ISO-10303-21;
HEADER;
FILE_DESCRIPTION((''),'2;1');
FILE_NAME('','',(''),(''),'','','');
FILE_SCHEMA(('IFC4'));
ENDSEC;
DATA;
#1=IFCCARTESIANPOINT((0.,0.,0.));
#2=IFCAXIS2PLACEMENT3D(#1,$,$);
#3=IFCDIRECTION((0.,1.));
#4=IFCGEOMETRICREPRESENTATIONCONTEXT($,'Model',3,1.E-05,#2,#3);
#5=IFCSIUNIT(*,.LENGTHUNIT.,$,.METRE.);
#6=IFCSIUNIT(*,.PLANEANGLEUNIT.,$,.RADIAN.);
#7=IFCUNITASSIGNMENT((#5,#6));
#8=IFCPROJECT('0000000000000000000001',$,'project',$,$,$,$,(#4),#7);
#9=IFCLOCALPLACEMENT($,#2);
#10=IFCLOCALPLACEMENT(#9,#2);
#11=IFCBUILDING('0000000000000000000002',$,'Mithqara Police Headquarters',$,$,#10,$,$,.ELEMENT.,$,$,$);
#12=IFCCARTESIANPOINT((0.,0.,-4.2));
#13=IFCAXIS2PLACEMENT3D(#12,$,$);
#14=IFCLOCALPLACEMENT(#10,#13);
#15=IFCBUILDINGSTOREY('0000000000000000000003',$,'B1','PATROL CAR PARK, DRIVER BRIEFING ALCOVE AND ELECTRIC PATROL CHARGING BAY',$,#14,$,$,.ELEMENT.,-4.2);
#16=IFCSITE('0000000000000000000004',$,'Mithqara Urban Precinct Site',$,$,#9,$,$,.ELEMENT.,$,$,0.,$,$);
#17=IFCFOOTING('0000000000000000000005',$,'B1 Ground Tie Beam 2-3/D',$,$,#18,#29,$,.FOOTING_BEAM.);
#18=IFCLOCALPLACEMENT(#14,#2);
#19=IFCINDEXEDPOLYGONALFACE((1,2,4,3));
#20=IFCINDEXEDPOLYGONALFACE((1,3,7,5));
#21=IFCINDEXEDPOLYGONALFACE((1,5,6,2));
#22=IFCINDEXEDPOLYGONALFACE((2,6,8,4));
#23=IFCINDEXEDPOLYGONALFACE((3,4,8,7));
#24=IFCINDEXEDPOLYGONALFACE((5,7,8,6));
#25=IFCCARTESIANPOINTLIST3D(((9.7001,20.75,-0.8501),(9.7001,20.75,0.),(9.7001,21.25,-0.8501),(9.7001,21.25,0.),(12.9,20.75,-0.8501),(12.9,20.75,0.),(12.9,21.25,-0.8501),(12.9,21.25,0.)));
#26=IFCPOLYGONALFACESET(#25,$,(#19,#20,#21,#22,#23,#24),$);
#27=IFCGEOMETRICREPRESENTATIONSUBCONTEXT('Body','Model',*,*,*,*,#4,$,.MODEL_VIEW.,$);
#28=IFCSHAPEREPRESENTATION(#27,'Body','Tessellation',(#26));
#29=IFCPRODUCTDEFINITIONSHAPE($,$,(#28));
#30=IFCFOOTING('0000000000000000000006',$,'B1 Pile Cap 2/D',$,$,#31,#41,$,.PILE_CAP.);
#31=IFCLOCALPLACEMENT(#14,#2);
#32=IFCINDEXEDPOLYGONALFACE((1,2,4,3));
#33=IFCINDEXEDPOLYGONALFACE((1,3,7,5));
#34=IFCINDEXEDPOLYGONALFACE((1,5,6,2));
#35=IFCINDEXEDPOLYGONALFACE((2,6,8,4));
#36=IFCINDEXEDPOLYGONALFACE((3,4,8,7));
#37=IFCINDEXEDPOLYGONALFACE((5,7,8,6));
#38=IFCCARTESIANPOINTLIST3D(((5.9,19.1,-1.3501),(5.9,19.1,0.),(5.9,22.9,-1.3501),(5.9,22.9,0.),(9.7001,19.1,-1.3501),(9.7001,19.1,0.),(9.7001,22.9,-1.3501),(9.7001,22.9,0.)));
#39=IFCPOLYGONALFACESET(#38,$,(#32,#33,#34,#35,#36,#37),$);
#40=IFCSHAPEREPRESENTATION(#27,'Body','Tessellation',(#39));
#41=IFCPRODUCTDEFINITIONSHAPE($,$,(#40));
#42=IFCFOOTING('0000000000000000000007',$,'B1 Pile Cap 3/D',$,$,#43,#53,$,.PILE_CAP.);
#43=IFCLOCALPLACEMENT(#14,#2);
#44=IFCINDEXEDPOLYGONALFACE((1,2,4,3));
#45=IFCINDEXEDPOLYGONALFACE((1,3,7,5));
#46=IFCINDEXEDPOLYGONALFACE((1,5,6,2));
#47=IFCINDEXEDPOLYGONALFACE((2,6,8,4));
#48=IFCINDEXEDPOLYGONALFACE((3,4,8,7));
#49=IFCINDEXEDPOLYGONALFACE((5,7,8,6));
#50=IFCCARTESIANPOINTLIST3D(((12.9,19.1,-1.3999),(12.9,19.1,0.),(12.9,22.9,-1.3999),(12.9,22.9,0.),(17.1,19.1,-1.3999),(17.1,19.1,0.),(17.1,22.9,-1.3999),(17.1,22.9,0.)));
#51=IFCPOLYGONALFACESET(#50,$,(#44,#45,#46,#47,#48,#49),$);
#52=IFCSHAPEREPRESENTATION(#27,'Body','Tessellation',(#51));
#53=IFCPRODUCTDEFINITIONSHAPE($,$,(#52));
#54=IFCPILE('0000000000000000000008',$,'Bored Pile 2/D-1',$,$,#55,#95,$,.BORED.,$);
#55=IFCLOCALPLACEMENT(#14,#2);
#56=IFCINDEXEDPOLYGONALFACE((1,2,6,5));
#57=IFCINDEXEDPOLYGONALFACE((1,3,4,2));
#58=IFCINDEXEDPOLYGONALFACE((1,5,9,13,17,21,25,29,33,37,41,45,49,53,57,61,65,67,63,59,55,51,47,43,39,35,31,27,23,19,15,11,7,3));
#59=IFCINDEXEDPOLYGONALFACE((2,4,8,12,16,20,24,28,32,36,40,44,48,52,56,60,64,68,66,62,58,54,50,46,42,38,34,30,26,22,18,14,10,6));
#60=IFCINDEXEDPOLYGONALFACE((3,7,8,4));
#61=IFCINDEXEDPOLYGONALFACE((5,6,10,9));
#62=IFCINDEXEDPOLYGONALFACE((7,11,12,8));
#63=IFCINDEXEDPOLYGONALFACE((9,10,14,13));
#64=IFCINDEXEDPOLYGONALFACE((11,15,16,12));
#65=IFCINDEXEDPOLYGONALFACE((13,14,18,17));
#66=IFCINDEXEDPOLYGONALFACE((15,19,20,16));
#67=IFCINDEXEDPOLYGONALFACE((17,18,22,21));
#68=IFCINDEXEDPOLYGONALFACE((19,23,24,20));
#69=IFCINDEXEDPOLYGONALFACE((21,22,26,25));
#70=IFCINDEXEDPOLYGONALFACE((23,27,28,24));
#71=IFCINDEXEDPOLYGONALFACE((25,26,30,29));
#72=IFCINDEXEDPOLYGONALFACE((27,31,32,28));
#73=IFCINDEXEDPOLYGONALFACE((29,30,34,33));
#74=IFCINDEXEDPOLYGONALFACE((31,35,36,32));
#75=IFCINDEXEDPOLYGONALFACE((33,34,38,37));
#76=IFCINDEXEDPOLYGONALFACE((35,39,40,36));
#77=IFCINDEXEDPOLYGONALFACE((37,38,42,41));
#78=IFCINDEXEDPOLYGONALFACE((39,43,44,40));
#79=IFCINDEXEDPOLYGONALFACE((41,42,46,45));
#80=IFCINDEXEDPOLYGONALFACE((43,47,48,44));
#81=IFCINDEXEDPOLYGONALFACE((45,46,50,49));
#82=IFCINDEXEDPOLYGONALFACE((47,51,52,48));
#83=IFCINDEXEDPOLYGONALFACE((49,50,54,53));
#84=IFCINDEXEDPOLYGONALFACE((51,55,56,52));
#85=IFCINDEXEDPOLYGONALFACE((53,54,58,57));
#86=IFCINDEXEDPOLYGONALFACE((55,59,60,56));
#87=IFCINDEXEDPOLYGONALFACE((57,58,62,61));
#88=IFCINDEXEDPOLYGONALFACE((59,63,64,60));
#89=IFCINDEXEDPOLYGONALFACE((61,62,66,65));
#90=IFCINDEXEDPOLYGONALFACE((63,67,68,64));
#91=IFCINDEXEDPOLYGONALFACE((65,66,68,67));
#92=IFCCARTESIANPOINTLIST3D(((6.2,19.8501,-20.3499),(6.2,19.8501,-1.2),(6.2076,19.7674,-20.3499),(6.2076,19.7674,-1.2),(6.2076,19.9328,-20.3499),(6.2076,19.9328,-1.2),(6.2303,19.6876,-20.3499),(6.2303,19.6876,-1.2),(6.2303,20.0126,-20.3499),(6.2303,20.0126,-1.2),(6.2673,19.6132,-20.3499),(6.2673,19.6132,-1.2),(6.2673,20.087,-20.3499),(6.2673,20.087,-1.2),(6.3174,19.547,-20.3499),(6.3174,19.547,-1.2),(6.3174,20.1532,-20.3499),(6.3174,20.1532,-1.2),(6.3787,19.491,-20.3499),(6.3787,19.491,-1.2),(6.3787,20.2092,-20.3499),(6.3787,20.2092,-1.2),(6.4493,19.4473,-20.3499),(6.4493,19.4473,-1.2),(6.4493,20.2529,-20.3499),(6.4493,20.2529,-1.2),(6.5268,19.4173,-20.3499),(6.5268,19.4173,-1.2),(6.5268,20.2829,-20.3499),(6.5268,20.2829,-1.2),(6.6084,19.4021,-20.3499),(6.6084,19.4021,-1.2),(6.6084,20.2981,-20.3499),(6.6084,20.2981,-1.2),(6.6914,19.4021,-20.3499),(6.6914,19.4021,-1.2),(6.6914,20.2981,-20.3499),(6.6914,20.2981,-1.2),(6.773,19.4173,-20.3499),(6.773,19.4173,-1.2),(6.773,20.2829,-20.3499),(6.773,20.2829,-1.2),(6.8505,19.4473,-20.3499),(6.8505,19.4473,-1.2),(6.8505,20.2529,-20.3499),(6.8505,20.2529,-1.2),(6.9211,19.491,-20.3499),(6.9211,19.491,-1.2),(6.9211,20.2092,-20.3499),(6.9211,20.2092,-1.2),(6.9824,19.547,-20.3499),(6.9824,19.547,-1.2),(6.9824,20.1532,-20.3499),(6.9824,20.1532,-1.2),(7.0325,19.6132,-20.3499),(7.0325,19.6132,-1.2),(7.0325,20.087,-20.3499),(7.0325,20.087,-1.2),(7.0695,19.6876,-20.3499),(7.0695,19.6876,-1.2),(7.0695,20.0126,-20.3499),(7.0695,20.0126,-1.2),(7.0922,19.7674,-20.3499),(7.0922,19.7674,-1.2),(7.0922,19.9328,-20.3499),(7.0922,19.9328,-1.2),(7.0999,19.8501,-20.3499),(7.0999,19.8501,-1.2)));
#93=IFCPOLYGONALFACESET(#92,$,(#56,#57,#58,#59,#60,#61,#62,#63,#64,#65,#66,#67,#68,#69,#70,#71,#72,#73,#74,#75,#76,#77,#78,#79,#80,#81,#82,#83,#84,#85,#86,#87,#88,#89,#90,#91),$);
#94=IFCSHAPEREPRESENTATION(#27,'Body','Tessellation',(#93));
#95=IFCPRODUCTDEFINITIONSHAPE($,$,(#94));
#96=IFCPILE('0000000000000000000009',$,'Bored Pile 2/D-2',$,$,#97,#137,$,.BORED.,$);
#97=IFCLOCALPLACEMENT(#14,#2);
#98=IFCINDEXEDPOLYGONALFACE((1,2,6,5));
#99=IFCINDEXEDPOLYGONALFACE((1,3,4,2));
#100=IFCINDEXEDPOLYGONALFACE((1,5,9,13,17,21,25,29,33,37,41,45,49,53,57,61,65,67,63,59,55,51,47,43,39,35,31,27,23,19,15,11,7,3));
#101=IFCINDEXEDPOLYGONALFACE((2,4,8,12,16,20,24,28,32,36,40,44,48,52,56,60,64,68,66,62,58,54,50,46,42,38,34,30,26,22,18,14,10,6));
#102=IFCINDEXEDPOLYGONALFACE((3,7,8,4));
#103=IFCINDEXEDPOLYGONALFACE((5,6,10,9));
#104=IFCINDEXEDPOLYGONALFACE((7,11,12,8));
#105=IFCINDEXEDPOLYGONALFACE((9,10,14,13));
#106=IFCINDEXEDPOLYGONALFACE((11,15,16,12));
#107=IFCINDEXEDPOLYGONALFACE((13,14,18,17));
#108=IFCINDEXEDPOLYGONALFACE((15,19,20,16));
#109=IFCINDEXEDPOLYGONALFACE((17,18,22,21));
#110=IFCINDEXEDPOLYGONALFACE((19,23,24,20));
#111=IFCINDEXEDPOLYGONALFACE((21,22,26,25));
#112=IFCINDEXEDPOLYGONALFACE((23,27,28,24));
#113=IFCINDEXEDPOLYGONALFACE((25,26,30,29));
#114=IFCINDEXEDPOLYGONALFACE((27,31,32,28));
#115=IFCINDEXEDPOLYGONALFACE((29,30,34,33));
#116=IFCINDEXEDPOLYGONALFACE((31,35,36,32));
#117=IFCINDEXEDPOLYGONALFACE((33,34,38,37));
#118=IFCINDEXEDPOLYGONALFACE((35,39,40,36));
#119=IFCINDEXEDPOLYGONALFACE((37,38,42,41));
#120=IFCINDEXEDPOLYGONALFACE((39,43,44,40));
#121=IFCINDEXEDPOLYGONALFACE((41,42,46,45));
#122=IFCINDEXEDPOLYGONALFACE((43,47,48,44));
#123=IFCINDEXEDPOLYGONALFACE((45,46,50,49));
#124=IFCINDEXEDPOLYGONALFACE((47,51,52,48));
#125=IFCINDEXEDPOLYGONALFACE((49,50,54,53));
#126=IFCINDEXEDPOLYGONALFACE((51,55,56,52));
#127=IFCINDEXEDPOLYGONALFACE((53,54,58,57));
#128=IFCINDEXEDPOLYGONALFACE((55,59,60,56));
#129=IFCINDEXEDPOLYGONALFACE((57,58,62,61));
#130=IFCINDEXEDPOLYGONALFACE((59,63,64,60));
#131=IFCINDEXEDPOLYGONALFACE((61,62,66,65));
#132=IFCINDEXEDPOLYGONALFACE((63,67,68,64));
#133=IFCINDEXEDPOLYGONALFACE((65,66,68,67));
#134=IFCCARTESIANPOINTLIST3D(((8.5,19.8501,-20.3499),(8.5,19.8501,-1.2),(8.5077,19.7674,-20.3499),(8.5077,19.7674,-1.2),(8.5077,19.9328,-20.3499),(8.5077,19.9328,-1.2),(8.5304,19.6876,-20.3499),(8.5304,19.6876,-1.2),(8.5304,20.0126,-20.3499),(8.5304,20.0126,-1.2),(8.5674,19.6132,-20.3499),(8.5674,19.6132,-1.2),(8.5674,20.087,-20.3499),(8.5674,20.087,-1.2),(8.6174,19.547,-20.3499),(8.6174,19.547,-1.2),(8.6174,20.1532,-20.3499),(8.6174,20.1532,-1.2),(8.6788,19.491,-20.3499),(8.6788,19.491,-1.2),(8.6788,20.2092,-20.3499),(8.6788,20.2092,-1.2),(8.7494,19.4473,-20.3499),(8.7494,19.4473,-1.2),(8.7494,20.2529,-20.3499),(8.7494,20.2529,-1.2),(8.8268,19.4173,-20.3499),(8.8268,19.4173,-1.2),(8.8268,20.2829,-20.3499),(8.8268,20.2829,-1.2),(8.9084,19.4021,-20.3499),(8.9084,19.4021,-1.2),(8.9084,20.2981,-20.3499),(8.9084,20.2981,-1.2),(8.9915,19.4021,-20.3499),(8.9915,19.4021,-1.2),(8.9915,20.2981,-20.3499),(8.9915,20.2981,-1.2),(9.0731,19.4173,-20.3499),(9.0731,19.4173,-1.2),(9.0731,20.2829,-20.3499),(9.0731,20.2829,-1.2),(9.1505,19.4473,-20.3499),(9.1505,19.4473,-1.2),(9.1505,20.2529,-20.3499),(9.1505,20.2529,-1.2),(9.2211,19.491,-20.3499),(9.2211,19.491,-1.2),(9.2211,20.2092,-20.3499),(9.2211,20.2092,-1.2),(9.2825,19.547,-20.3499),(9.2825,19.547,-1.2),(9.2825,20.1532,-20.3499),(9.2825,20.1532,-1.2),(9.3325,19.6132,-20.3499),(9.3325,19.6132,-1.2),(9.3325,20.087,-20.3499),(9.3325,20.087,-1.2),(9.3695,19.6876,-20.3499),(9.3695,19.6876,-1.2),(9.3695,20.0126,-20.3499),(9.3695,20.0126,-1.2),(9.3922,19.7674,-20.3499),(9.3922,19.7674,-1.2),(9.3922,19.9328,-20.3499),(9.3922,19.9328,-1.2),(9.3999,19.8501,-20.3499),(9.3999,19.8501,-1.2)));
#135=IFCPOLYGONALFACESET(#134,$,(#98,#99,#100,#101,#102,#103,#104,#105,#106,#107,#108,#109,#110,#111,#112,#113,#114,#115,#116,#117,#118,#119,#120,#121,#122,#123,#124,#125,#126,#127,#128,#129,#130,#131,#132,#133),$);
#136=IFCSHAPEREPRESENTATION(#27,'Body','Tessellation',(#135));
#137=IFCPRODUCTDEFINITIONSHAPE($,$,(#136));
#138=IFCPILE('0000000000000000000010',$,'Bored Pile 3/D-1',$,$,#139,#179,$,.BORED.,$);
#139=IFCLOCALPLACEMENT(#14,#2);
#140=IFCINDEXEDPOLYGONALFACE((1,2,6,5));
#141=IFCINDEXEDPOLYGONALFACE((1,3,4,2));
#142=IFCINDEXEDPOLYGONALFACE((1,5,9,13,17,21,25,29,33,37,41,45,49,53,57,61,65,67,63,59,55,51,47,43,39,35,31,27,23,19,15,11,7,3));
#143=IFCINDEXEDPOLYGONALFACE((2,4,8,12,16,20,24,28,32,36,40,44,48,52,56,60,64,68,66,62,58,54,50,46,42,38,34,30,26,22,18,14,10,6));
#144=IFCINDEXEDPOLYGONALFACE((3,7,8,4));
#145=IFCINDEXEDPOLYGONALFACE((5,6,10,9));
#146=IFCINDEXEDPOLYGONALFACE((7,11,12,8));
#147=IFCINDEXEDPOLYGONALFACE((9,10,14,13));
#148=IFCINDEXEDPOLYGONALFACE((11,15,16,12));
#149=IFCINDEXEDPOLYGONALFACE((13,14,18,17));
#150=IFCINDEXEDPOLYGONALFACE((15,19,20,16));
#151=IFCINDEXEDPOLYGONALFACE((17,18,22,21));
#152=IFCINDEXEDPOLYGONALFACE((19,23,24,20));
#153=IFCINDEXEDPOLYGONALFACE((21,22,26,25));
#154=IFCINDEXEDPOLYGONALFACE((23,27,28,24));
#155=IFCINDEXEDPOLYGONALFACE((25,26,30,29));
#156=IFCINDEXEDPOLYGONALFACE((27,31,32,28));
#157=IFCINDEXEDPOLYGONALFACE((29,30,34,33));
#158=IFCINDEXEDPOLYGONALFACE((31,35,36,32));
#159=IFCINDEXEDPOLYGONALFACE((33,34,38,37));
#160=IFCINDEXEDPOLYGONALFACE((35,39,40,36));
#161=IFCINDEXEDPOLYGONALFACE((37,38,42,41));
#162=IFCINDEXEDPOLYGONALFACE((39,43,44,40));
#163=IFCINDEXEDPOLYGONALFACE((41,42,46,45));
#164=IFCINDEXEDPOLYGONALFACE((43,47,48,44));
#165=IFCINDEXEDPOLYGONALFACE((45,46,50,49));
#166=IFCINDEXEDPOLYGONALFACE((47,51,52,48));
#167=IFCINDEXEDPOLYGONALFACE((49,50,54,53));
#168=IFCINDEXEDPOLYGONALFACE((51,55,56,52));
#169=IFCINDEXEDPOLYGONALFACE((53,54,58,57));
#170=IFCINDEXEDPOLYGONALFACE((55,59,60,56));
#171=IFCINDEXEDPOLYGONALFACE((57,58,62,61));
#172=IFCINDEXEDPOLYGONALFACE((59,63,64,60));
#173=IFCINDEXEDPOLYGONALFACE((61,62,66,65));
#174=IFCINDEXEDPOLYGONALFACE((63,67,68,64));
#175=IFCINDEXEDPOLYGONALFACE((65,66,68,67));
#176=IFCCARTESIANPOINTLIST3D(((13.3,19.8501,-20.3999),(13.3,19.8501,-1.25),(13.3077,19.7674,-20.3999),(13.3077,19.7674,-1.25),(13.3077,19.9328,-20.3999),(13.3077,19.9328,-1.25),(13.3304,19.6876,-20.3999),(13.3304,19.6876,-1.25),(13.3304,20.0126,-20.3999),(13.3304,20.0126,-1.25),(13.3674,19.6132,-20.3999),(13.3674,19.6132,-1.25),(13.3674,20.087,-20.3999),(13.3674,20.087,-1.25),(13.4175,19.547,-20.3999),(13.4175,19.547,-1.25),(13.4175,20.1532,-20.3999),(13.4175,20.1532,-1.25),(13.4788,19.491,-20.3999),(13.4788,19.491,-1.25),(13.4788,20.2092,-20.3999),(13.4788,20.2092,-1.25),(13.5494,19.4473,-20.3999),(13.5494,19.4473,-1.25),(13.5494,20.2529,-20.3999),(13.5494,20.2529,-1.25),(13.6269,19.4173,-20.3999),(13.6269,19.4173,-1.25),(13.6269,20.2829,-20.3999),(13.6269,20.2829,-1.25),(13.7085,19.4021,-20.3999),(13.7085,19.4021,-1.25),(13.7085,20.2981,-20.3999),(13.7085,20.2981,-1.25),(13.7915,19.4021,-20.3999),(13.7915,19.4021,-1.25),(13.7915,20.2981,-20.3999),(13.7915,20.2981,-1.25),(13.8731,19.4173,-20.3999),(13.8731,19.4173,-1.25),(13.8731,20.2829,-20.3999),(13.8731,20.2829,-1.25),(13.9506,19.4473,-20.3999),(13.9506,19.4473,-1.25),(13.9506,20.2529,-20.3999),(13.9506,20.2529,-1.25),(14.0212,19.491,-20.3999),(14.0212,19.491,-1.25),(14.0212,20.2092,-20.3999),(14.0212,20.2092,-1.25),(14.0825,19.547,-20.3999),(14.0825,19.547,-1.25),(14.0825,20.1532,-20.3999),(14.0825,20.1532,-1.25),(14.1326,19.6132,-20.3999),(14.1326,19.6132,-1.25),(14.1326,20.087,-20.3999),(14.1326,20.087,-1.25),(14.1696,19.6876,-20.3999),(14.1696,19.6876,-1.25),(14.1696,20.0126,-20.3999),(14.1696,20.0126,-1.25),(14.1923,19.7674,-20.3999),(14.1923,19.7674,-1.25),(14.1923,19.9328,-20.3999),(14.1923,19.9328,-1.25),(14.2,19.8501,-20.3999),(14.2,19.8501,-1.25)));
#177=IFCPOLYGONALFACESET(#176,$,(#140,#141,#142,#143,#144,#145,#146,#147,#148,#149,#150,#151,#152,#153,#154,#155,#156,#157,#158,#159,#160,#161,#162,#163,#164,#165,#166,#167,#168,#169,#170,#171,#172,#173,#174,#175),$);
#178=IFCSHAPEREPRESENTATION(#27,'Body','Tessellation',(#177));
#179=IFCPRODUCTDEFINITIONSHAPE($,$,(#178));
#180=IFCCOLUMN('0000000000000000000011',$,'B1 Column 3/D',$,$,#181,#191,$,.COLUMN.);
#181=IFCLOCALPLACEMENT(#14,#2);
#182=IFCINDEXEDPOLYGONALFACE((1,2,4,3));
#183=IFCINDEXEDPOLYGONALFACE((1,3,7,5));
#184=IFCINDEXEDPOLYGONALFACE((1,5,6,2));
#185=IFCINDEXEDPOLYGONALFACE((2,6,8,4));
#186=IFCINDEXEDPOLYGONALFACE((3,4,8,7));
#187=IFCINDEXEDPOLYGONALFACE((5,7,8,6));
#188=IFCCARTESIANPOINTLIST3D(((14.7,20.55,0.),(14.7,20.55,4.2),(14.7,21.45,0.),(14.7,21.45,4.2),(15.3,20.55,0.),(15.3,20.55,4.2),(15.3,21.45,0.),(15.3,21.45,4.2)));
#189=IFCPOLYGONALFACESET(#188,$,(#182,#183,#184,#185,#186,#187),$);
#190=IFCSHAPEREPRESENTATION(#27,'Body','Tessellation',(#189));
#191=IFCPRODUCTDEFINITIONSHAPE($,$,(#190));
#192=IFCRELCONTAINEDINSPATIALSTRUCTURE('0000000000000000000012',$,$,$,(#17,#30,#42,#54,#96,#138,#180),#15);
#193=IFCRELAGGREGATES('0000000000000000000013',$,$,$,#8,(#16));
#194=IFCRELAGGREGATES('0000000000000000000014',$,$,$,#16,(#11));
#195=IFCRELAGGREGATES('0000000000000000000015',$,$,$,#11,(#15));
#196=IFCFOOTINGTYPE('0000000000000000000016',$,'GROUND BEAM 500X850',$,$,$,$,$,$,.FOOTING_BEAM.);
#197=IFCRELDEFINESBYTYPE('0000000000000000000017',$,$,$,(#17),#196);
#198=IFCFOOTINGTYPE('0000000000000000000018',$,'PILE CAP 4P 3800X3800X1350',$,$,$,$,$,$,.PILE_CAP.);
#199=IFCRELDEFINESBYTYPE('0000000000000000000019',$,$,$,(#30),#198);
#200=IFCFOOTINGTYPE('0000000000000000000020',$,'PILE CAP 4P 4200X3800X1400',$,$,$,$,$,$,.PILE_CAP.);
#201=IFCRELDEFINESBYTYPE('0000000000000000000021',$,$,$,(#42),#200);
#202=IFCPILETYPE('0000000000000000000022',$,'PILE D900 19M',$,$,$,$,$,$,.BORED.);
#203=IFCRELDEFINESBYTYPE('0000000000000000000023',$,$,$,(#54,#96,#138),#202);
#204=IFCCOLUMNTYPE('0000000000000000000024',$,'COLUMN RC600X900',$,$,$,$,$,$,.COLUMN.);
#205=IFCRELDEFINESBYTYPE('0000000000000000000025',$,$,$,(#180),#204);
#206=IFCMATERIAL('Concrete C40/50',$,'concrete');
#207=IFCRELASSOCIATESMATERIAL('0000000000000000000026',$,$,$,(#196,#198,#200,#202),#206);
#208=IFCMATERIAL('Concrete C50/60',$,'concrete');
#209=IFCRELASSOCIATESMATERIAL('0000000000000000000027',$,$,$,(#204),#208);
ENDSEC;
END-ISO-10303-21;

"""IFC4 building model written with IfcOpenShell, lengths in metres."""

from ifc_helpers import new_model, si_unit, direction, frame, origin, origin_2d, place, context, subcontext, project, spatial, rectangle, circle, extrude, material, material_profile, profile_set, type_object, element, save


model = new_model("IFC4")

# Units and contexts
model_context = context("Model", 3, precision=1e-05, world=origin(), true_north=direction((0.0, 1.0)))
body_context = subcontext(model_context, "Body", "Model", "MODEL_VIEW")
ifc_project = project(units=[si_unit("LENGTHUNIT", "METRE"), si_unit("PLANEANGLEUNIT", "RADIAN")], contexts=[model_context])

# Site, building, storey
site_placement = place(None, origin())
site = spatial("IfcSite", under=ifc_project, at=site_placement, Name="Mithqara Urban Precinct Site", CompositionType="ELEMENT", RefElevation=0.0)
building_placement = place(site_placement, origin())
building = spatial("IfcBuilding", under=site, at=building_placement, Name="Mithqara Police Headquarters", CompositionType="ELEMENT")
storey_placement = place(building_placement, frame((0.0, 0.0, -4.2)))
storey = spatial("IfcBuildingStorey", under=building, at=storey_placement, Name="B1", Description="PATROL CAR PARK, DRIVER BRIEFING ALCOVE AND ELECTRIC PATROL CHARGING BAY", CompositionType="ELEMENT", Elevation=-4.2)

# Footings
ifc_material_1 = material(Name="Concrete C40/50", Category="concrete")
footing_type_1 = type_object("IfcFootingType", Name="GROUND BEAM 500X850", PredefinedType="FOOTING_BEAM", material=ifc_material_1)
footing_1_placement = place(storey_placement, frame((11.3, 21.0, -0.8501), z_axis=(0.0, 0.0, 1.0), x_axis=(1.0, 0.0, 0.0)))
element("IfcFooting", 1, at=footing_1_placement, inside=storey, type_object=footing_type_1, Name="B1 Ground Tie Beam 2-3/D", PredefinedType="FOOTING_BEAM", context=body_context, shape_type="SweptSolid", body=[
    extrude(rectangle(XDim=3.2, YDim=0.5, at=origin_2d()), origin(), (0.0, 0.0, 1.0), 0.8501),
])
footing_type_2 = type_object("IfcFootingType", Name="PILE CAP 4P 3800X3800X1350", PredefinedType="PILE_CAP", material=ifc_material_1)
footing_2_placement = place(storey_placement, frame((7.8, 21.0, -1.3501), z_axis=(0.0, 0.0, 1.0), x_axis=(1.0, 0.0, 0.0)))
element("IfcFooting", 2, at=footing_2_placement, inside=storey, type_object=footing_type_2, Name="B1 Pile Cap 2/D", PredefinedType="PILE_CAP", context=body_context, shape_type="SweptSolid", body=[
    extrude(rectangle(XDim=3.8, YDim=3.8, at=origin_2d()), origin(), (0.0, 0.0, 1.0), 1.3501),
])
footing_type_3 = type_object("IfcFootingType", Name="PILE CAP 4P 4200X3800X1400", PredefinedType="PILE_CAP", material=ifc_material_1)
footing_3_placement = place(storey_placement, frame((15.0, 21.0, -1.3999), z_axis=(0.0, 0.0, 1.0), x_axis=(1.0, 0.0, 0.0)))
element("IfcFooting", 3, at=footing_3_placement, inside=storey, type_object=footing_type_3, Name="B1 Pile Cap 3/D", PredefinedType="PILE_CAP", context=body_context, shape_type="SweptSolid", body=[
    extrude(rectangle(XDim=4.2, YDim=3.8, at=origin_2d()), origin(), (0.0, 0.0, 1.0), 1.3999),
])

# Piles
ifc_material_profile_1 = material_profile(ifc_material_1, circle(Radius=0.45, at=origin_2d()), Name="PILE D900")
ifc_profile_set_1 = profile_set([ifc_material_profile_1], Name="Concrete C40/50")
pile_type = type_object("IfcPileType", Name="PILE D900 19M", PredefinedType="BORED", material=ifc_profile_set_1)
for number, where, z_axis, x_axis, name in (
    (4, (6.6499, 19.8501, -1.2), (0.0, 0.0, -1.0), (1.0, 0.0, 0.0), "Bored Pile 2/D-1"),
    (5, (8.95, 19.8501, -1.2), (0.0, 0.0, -1.0), (1.0, 0.0, 0.0), "Bored Pile 2/D-2"),
    (6, (13.75, 19.8501, -1.25), (0.0, 0.0, -1.0), (1.0, 0.0, 0.0), "Bored Pile 3/D-1"),
):
    element("IfcPile", number, at=place(storey_placement, frame(where, z_axis=z_axis, x_axis=x_axis)), inside=storey, type_object=pile_type, Name=name, PredefinedType="BORED", context=body_context, shape_type="SweptSolid", body=[
        extrude(circle(Radius=0.45, at=origin_2d()), origin(), (0.0, 0.0, 1.0), 19.1499),
    ])

# Column
ifc_material_2 = material(Name="Concrete C50/60", Category="concrete")
ifc_material_profile_2 = material_profile(ifc_material_2, rectangle(XDim=0.6001, YDim=0.8999, at=origin_2d()), Name="RC 600x900")
ifc_profile_set_2 = profile_set([ifc_material_profile_2], Name="Concrete C50/60")
column_type_1 = type_object("IfcColumnType", Name="COLUMN RC600X900", PredefinedType="COLUMN", material=ifc_profile_set_2)
column_1_placement = place(storey_placement, frame((15.0, 21.0, 0.0), z_axis=(0.0, 0.0, 1.0), x_axis=(1.0, 0.0, 0.0)))
element("IfcColumn", 7, at=column_1_placement, inside=storey, type_object=column_type_1, Name="B1 Column 3/D", PredefinedType="COLUMN", context=body_context, shape_type="SweptSolid", body=[
    extrude(rectangle(XDim=0.6001, YDim=0.8999, at=origin_2d()), origin(), (0.0, 0.0, 1.0), 4.2),
])

save(model, "model.ifc")
